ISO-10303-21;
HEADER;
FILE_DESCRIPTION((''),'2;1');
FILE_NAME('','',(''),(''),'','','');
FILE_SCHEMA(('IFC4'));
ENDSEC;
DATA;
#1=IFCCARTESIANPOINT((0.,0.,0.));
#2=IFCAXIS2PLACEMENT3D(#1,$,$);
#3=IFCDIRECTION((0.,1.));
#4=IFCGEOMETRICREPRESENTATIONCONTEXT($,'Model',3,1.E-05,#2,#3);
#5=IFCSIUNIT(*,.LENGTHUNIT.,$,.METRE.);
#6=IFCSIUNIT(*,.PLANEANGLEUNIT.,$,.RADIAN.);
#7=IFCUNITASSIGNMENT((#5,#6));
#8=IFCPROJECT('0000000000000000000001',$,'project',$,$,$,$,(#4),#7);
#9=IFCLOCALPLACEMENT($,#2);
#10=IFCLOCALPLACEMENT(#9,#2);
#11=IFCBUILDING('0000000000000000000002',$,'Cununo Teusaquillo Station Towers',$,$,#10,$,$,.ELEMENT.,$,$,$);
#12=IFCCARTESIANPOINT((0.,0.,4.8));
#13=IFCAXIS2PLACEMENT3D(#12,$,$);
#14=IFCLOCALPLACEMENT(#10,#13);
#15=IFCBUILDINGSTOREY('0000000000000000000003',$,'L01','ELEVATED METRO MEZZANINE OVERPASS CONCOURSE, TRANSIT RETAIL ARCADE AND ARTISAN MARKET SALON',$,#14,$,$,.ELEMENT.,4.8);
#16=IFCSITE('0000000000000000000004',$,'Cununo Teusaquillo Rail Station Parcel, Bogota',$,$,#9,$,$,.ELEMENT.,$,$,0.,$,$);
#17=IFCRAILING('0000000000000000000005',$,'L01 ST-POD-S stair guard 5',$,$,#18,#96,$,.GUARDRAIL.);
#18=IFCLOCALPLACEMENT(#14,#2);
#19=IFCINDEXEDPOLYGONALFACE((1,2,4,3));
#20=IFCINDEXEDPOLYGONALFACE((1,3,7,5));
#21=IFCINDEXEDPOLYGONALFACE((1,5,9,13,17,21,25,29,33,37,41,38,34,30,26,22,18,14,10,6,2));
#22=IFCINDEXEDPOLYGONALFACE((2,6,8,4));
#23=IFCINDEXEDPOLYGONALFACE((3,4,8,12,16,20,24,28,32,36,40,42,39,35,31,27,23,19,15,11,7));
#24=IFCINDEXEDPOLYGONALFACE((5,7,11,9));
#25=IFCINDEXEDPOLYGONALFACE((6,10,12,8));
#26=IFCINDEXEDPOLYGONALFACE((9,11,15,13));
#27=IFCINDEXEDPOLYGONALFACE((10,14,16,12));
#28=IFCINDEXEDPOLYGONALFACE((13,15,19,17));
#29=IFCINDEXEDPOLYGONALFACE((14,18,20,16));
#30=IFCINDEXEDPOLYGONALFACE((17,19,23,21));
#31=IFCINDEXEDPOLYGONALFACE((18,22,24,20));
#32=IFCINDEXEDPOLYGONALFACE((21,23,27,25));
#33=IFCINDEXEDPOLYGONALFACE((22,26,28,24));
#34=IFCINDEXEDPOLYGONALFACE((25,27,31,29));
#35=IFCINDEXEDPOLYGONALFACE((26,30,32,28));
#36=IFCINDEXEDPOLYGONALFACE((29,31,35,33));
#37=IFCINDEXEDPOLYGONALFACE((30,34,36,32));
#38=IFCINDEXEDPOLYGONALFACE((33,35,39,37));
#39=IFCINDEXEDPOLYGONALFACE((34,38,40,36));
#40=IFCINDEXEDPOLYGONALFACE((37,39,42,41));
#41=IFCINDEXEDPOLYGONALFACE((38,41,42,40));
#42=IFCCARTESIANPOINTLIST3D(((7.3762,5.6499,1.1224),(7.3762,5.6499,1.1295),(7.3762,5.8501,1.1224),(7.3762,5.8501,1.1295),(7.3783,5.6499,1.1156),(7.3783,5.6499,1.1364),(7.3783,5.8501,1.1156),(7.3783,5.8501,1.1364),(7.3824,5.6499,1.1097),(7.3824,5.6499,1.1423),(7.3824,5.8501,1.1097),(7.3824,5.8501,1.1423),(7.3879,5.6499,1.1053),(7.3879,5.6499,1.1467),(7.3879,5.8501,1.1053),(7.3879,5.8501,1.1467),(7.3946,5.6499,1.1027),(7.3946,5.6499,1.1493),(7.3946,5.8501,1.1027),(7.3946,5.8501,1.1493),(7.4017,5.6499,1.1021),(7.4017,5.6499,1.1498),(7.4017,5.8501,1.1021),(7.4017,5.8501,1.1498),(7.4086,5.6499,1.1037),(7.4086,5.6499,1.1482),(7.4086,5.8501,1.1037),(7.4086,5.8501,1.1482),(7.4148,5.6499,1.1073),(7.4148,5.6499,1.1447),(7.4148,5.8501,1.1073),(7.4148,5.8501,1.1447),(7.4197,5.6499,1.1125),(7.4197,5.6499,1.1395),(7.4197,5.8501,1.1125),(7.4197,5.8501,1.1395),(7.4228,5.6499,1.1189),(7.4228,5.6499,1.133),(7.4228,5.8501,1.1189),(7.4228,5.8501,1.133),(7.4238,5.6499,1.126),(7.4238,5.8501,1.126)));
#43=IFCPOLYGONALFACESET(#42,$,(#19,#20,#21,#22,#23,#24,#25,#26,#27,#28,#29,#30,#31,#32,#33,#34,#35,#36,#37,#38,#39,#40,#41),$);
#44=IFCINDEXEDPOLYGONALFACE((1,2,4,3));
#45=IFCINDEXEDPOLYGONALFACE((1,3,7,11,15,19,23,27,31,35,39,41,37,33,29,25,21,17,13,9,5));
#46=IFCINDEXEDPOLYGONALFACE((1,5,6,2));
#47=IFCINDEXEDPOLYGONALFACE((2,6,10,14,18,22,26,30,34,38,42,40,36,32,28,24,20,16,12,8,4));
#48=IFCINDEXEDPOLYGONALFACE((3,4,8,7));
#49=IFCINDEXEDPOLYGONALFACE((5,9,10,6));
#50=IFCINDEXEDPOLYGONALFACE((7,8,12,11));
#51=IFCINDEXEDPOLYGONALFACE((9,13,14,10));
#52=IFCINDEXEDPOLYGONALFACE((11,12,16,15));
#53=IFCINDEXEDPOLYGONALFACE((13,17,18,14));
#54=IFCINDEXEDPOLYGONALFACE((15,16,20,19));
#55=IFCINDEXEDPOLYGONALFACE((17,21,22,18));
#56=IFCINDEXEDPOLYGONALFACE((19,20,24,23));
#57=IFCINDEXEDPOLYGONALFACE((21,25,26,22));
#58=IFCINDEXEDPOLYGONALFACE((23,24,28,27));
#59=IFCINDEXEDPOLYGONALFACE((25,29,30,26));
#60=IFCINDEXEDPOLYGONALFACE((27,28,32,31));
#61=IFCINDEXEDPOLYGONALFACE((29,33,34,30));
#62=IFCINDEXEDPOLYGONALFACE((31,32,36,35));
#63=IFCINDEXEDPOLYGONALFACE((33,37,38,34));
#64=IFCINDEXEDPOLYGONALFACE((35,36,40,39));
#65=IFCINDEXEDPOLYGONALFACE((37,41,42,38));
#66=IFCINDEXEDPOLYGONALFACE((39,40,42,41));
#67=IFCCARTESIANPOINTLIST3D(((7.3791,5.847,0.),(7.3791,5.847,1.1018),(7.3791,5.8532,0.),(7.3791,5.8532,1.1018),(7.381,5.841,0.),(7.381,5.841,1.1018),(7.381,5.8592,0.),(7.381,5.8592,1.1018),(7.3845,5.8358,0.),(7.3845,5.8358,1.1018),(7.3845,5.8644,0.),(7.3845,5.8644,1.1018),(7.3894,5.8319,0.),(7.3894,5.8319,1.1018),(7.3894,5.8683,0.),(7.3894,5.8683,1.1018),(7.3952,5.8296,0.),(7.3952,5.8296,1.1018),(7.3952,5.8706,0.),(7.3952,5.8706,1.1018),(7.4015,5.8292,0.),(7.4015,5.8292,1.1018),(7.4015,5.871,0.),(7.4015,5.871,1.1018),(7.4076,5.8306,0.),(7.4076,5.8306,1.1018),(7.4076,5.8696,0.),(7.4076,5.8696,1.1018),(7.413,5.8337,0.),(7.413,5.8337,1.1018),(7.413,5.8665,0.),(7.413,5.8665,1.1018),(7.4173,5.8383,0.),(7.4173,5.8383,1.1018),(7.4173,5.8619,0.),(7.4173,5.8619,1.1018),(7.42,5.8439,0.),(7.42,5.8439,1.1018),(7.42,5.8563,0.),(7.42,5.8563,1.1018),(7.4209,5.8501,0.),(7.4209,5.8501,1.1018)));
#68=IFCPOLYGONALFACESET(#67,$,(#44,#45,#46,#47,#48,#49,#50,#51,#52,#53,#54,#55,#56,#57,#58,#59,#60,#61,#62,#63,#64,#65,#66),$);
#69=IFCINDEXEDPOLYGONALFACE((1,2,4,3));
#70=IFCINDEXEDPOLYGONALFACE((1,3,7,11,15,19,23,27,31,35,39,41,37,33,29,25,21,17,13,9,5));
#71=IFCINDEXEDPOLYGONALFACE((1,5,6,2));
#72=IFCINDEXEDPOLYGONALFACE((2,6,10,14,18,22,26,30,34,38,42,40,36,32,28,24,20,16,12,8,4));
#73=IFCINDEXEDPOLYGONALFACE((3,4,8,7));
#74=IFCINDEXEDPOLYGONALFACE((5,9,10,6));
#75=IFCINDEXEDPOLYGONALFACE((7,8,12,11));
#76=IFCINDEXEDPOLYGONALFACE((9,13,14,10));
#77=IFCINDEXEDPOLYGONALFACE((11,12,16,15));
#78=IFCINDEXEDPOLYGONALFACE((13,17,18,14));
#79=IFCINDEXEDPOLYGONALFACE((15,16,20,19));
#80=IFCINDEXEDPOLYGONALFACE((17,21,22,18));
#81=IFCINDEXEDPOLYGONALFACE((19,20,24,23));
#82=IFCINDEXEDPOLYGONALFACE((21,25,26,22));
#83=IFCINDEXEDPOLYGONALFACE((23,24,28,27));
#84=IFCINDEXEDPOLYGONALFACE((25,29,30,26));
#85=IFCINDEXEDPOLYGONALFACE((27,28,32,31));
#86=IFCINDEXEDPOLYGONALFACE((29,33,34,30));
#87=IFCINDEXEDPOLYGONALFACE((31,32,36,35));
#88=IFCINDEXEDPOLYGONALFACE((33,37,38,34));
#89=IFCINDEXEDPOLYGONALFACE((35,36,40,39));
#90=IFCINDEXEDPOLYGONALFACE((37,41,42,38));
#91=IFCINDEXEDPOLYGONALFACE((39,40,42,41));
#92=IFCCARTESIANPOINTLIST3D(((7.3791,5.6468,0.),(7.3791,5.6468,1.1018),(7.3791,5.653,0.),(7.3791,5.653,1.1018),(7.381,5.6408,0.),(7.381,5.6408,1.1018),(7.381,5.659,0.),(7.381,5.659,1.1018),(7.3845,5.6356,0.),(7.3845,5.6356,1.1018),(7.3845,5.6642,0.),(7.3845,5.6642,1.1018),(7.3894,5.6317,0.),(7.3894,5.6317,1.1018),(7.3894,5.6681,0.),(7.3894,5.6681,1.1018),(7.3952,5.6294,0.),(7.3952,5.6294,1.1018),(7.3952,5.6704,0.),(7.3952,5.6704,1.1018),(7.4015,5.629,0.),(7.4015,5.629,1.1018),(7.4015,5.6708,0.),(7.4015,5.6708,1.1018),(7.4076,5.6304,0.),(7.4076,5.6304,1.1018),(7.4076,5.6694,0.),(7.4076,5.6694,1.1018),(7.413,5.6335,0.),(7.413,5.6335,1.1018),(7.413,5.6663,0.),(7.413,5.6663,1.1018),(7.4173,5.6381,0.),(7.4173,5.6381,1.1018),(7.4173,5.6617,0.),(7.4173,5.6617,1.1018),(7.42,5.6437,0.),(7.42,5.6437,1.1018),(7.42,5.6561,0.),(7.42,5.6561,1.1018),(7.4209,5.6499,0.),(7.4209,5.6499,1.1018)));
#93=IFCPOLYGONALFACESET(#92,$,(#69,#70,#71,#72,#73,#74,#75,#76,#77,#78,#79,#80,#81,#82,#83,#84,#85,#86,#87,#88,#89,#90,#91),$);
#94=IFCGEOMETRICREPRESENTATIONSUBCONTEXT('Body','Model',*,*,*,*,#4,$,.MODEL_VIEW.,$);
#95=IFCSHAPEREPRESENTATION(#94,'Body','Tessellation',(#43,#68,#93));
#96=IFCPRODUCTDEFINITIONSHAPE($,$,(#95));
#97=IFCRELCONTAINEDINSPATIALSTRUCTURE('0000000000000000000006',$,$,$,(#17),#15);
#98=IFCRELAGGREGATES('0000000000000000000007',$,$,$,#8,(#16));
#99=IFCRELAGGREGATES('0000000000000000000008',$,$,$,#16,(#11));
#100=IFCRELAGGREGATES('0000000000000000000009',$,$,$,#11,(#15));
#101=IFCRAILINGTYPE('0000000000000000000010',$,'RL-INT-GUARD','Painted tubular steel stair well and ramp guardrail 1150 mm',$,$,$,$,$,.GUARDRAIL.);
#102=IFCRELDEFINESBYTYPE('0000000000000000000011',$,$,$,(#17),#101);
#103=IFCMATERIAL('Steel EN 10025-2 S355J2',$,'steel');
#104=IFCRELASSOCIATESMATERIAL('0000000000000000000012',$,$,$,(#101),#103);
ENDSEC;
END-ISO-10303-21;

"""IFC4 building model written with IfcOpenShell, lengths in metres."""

from ifc_helpers import new_model, si_unit, direction, frame, origin, origin_2d, place, context, subcontext, project, spatial, circle, extrude, material, type_object, element, save


model = new_model("IFC4")

# Units and contexts
model_context = context("Model", 3, precision=1e-05, world=origin(), true_north=direction((0.0, 1.0)))
body_context = subcontext(model_context, "Body", "Model", "MODEL_VIEW")
ifc_project = project(units=[si_unit("LENGTHUNIT", "METRE"), si_unit("PLANEANGLEUNIT", "RADIAN")], contexts=[model_context])

# Site, building, storey
site_placement = place(None, origin())
site = spatial("IfcSite", under=ifc_project, at=site_placement, Name="Cununo Teusaquillo Rail Station Parcel, Bogota", CompositionType="ELEMENT", RefElevation=0.0)
building_placement = place(site_placement, origin())
building = spatial("IfcBuilding", under=site, at=building_placement, Name="Cununo Teusaquillo Station Towers", CompositionType="ELEMENT")
storey_placement = place(building_placement, frame((0.0, 0.0, 4.8)))
storey = spatial("IfcBuildingStorey", under=building, at=storey_placement, Name="L01", Description="ELEVATED METRO MEZZANINE OVERPASS CONCOURSE, TRANSIT RETAIL ARCADE AND ARTISAN MARKET SALON", CompositionType="ELEMENT", Elevation=4.8)

# Railing
ifc_material_1 = material(Name="Steel EN 10025-2 S355J2", Category="steel")
railing_type_1 = type_object("IfcRailingType", Name="RL-INT-GUARD", Description="Painted tubular steel stair well and ramp guardrail 1150 mm", PredefinedType="GUARDRAIL", material=ifc_material_1)
railing_1_placement = place(storey_placement, frame((7.3999, 5.8501, 0.0)))
element("IfcRailing", 1, at=railing_1_placement, inside=storey, type_object=railing_type_1, Name="L01 ST-POD-S stair guard 5", PredefinedType="GUARDRAIL", context=body_context, shape_type="SweptSolid", body=[
    extrude(circle(Radius=0.0239, at=origin_2d()), frame((0.0, 0.0, 1.126), z_axis=(0.0, -1.0, 0.0), x_axis=(1.0, 0.0, 0.0)), (0.0, 0.0, 1.0), 0.2002),
    extrude(circle(Radius=0.021, at=origin_2d()), origin(), (0.0, 0.0, 1.0), 1.1018),
    extrude(circle(Radius=0.021, at=origin_2d()), frame((0.0, -0.2002, 0.0)), (0.0, 0.0, 1.0), 1.1018),
])

save(model, "model.ifc")
